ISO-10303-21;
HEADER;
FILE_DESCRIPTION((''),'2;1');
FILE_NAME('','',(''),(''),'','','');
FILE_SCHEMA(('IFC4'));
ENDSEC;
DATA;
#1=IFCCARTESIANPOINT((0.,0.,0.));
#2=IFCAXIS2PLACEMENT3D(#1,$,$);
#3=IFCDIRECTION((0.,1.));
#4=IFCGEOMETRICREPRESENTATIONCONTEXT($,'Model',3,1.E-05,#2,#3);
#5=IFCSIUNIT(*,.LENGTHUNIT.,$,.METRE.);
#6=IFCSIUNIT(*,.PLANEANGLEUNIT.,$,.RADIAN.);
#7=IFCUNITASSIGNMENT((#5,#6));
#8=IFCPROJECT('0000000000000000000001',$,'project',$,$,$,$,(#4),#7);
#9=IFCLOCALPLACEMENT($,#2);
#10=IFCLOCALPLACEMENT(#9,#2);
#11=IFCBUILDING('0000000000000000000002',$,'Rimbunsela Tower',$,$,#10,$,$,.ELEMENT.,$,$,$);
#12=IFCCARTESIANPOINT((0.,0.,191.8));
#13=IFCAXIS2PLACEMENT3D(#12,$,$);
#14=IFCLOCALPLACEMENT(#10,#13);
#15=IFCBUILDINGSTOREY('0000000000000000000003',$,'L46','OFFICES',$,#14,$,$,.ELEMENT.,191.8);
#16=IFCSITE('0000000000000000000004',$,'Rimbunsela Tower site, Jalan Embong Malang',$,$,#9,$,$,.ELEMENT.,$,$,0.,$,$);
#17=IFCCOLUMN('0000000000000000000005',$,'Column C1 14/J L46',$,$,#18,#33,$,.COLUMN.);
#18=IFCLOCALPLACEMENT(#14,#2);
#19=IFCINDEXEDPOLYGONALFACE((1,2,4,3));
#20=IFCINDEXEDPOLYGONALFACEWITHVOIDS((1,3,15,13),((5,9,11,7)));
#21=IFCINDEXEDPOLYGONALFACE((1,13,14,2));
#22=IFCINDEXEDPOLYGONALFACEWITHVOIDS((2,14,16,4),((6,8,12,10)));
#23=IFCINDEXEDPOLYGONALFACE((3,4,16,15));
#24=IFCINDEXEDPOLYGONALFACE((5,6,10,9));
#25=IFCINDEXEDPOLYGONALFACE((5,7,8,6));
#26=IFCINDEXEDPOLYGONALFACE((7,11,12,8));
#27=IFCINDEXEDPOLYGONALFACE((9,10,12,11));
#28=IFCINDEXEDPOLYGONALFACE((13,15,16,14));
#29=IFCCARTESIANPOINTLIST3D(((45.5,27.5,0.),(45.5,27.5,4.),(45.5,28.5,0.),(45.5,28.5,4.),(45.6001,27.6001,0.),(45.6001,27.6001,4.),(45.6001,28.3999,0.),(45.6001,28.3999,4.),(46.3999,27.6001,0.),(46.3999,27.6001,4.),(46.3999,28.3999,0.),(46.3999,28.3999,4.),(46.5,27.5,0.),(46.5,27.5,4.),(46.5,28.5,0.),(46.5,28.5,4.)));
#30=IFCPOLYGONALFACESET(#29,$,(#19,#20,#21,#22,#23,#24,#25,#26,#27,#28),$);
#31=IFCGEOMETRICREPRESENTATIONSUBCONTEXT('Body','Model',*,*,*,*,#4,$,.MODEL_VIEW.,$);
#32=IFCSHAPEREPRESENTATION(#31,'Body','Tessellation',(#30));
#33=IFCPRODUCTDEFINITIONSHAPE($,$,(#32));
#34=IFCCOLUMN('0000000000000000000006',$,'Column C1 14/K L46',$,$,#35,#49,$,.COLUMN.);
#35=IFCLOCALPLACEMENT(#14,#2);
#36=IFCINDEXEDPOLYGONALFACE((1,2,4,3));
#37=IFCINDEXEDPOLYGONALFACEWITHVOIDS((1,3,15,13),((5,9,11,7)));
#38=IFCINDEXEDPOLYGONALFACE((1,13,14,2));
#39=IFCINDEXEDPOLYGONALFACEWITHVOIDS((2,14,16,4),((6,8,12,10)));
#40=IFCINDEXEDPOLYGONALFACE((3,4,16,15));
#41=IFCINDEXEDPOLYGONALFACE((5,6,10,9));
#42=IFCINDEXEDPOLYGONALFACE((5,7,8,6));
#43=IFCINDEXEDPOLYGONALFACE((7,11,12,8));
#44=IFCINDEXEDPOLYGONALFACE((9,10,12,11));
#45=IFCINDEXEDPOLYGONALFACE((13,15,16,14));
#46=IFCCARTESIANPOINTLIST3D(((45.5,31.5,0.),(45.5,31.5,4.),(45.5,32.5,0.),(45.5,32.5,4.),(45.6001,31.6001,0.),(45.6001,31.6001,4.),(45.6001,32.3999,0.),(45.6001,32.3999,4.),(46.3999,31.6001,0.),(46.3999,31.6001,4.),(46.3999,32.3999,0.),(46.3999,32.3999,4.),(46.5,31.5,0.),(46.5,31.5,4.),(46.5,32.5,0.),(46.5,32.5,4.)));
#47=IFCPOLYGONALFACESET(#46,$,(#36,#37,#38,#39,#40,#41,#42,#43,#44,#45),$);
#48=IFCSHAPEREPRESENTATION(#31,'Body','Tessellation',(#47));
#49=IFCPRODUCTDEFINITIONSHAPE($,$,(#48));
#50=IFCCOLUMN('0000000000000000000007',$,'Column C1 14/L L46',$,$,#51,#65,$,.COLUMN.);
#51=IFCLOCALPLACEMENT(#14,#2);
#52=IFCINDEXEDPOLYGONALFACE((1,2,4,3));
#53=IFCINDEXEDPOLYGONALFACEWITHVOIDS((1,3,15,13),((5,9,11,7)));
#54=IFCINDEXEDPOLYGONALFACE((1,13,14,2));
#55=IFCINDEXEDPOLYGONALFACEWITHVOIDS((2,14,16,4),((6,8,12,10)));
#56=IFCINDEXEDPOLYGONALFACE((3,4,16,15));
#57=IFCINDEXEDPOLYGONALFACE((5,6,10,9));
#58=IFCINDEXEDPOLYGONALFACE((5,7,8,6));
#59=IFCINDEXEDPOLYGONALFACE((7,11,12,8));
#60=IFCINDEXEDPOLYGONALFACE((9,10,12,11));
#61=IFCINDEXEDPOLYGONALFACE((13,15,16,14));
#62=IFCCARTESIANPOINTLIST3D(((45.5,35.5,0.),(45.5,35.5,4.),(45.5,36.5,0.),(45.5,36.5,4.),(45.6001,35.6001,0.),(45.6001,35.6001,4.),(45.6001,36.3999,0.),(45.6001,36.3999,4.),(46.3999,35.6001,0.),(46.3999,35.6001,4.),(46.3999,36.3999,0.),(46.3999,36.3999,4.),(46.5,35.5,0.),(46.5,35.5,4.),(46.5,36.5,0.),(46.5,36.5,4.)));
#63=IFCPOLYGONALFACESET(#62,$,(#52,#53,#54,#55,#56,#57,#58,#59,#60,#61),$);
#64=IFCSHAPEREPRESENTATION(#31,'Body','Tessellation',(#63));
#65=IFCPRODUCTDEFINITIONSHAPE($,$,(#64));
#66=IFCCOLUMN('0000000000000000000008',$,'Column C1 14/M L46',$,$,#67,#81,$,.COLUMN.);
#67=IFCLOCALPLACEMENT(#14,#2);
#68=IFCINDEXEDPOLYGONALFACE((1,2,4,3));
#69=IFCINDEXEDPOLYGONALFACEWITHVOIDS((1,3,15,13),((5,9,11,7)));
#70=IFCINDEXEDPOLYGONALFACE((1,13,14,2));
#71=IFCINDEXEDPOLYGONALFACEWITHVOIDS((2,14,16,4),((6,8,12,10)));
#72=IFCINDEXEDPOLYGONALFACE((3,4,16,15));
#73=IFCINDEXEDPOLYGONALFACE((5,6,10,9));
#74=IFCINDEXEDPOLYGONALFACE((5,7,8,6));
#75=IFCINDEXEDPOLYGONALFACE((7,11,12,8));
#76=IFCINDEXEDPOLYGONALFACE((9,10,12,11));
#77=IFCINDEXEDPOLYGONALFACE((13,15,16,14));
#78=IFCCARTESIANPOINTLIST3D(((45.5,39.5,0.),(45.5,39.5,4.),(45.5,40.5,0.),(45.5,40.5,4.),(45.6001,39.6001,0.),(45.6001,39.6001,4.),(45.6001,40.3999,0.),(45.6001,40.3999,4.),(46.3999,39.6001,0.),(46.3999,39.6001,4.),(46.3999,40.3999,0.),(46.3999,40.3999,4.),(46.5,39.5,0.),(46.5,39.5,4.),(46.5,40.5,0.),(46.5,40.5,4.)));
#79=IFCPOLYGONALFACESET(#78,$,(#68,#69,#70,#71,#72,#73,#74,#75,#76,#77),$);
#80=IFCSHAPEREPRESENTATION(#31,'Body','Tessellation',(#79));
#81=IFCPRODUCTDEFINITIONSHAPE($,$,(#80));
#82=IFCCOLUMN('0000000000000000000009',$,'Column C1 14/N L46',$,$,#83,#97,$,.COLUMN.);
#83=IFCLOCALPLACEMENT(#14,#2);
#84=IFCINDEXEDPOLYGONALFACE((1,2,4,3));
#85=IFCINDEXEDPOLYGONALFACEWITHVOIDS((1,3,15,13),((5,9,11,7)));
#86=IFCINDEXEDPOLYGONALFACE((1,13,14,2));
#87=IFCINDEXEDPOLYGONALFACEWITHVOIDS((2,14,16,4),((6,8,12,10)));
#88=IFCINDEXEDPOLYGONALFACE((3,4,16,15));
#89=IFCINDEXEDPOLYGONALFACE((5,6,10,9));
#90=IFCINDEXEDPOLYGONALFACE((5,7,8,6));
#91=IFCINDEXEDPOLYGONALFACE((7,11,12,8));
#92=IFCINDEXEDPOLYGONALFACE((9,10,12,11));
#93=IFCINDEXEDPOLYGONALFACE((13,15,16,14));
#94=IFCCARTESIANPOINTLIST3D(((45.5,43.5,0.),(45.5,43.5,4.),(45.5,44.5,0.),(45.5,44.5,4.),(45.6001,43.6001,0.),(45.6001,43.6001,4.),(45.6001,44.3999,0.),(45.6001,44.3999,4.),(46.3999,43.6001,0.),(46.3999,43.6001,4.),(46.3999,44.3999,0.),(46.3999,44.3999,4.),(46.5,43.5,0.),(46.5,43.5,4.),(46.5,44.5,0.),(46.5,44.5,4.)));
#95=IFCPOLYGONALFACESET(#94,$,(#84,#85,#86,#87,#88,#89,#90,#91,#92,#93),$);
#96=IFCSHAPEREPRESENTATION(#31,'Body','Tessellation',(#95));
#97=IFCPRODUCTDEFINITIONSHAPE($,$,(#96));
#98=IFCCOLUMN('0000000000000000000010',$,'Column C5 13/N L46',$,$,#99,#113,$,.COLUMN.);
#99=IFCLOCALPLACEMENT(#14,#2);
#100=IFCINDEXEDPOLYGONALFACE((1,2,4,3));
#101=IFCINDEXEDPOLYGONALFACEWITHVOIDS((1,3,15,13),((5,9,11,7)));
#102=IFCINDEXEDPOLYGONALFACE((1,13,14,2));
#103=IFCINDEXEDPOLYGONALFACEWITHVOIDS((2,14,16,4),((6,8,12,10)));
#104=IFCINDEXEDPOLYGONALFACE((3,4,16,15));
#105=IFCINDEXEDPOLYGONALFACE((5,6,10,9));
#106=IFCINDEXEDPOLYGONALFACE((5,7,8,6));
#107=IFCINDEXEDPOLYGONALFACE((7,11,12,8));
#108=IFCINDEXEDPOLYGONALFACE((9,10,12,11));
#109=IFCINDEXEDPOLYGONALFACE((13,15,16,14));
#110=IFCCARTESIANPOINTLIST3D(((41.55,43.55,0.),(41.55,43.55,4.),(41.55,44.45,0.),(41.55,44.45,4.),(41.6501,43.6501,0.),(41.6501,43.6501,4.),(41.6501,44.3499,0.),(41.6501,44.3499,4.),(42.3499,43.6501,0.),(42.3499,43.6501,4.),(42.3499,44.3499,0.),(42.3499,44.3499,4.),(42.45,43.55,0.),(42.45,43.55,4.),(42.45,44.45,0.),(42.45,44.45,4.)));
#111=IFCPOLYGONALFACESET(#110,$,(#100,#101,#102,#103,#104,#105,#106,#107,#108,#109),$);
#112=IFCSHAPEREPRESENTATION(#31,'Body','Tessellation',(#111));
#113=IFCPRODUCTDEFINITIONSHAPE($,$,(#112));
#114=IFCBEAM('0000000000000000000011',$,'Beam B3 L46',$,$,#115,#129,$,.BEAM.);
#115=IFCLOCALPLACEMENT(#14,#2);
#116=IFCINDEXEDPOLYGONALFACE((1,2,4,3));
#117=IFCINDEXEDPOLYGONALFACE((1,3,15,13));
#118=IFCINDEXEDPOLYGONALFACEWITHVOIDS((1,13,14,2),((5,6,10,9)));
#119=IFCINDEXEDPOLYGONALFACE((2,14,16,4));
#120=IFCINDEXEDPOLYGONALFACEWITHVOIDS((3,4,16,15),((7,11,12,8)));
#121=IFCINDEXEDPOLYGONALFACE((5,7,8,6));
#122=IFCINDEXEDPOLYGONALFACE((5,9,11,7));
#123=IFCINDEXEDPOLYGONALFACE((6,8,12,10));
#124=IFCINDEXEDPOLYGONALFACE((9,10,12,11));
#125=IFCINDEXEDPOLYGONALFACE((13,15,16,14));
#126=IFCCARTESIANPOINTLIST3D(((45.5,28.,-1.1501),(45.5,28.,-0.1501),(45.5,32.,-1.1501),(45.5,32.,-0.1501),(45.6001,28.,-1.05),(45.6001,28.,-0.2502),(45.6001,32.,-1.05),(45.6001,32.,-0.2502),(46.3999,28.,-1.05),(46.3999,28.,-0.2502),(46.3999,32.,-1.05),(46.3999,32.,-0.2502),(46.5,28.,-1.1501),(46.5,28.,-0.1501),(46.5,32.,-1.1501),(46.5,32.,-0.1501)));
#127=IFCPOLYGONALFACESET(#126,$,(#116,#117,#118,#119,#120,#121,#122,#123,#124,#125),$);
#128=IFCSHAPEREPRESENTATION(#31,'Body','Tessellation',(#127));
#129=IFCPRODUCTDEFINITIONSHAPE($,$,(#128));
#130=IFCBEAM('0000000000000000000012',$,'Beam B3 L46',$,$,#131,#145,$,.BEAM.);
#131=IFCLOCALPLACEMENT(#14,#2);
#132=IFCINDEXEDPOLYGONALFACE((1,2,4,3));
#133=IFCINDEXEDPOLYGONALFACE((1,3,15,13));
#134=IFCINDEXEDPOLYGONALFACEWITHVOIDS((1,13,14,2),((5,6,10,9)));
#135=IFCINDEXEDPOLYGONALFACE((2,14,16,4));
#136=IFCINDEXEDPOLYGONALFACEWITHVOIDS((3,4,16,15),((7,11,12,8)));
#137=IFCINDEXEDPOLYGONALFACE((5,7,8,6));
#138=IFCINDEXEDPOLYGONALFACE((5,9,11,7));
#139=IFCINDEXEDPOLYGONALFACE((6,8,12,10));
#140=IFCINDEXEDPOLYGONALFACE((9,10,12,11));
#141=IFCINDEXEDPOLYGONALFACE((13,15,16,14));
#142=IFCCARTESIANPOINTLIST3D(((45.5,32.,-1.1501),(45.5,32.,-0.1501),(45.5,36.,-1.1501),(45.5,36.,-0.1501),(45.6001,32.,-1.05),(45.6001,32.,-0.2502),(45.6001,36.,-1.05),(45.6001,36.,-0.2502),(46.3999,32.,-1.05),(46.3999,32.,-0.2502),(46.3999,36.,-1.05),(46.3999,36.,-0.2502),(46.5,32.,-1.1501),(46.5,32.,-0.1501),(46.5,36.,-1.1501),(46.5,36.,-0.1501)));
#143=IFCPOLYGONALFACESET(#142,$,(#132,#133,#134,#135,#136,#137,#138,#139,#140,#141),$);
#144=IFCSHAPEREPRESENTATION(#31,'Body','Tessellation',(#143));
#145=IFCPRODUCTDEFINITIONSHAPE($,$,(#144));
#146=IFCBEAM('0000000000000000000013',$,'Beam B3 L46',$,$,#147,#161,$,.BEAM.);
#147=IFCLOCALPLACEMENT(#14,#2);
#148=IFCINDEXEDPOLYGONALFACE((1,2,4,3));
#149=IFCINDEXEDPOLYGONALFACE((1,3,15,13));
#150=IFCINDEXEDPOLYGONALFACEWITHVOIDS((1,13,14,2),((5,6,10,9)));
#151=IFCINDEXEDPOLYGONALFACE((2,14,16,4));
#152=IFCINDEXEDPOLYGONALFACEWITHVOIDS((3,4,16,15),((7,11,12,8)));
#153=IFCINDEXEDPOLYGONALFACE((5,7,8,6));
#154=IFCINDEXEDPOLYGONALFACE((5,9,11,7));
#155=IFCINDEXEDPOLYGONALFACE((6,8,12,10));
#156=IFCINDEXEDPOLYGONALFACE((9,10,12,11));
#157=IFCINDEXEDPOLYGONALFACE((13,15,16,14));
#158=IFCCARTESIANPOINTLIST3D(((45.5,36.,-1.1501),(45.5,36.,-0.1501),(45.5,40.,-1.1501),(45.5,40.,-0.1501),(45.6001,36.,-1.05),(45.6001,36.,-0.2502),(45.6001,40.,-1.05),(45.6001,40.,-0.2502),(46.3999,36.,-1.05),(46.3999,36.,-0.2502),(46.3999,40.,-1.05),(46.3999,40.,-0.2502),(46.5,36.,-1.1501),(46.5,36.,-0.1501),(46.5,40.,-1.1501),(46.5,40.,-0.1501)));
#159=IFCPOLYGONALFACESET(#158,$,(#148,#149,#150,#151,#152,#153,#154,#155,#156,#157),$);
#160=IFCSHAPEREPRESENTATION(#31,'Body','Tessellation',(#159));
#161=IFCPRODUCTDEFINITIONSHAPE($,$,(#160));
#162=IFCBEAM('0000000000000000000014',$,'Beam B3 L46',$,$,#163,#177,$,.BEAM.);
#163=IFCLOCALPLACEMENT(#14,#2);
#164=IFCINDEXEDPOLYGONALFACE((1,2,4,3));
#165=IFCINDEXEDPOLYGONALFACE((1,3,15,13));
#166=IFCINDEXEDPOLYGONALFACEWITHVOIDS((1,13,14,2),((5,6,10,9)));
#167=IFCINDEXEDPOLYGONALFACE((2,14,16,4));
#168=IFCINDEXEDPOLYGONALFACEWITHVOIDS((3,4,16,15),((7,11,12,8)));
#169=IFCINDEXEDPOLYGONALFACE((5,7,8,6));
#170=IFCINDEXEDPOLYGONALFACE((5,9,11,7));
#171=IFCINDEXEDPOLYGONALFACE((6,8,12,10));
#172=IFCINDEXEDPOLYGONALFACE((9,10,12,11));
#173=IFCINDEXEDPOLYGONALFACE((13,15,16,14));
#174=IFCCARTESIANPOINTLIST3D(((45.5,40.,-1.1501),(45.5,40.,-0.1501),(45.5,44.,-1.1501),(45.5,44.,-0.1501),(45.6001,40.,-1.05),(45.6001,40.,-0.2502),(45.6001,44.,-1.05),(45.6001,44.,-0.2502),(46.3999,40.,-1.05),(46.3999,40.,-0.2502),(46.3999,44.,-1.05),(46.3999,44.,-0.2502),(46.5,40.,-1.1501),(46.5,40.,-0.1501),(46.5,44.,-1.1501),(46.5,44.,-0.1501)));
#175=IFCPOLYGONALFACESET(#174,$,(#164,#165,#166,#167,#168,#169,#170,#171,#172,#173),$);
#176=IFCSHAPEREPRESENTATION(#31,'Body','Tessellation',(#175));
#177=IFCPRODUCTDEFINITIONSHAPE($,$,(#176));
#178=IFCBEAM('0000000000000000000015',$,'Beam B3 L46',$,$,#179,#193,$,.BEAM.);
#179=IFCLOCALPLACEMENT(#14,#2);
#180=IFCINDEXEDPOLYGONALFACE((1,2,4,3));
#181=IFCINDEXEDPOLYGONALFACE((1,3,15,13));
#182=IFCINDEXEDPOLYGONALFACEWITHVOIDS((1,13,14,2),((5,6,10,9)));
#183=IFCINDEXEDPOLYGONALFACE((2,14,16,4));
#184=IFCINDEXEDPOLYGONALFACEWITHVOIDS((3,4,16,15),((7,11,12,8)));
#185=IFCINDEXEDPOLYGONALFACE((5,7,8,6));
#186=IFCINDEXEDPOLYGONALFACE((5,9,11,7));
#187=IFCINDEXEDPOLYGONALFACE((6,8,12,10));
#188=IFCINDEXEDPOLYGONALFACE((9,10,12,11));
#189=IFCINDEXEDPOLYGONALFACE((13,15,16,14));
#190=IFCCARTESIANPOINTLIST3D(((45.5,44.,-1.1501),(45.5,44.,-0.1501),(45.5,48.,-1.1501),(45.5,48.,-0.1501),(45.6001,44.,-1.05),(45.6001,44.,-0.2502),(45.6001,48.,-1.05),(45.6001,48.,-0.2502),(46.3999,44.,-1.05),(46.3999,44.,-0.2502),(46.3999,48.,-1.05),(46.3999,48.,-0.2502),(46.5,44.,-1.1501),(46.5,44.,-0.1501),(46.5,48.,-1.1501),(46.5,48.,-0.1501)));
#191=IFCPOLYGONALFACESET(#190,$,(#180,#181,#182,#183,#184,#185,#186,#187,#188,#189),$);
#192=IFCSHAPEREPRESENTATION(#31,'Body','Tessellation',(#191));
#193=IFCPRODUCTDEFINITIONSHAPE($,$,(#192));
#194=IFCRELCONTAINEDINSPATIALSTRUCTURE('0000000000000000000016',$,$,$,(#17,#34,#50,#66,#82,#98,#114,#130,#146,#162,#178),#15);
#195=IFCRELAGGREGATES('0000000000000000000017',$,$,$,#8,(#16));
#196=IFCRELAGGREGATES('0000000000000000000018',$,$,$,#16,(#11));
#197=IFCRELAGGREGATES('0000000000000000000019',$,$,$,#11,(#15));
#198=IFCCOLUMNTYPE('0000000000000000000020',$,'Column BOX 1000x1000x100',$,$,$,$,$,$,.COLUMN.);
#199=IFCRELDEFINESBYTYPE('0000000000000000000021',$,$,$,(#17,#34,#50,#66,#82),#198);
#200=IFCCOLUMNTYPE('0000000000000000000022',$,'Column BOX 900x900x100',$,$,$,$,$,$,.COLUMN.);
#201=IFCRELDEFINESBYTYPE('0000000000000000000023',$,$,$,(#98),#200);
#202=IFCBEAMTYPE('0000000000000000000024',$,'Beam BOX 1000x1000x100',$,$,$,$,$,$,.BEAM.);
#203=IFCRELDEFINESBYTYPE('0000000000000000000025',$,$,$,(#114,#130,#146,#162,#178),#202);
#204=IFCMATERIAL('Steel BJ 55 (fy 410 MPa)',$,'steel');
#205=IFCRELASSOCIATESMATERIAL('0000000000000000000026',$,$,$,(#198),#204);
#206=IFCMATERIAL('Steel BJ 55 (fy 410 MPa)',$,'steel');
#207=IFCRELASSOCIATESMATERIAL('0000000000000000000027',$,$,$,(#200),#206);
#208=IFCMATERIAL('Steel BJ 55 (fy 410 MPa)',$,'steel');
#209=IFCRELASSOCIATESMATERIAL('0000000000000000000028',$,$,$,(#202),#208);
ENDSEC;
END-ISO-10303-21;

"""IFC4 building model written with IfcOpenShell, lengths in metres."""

from ifc_helpers import new_model, si_unit, direction, frame, origin, origin_2d, place, context, subcontext, project, spatial, hollow_rectangle, extrude, material, material_profile, profile_set, type_object, element, save


model = new_model("IFC4")

# Units and contexts
model_context = context("Model", 3, precision=1e-05, world=origin(), true_north=direction((0.0, 1.0)))
body_context = subcontext(model_context, "Body", "Model", "MODEL_VIEW")
ifc_project = project(units=[si_unit("LENGTHUNIT", "METRE"), si_unit("PLANEANGLEUNIT", "RADIAN")], contexts=[model_context])

# Site, building, storey
site_placement = place(None, origin())
site = spatial("IfcSite", under=ifc_project, at=site_placement, Name="Rimbunsela Tower site, Jalan Embong Malang", CompositionType="ELEMENT", RefElevation=0.0)
building_placement = place(site_placement, origin())
building = spatial("IfcBuilding", under=site, at=building_placement, Name="Rimbunsela Tower", CompositionType="ELEMENT")
storey_placement = place(building_placement, frame((0.0, 0.0, 191.8)))
storey = spatial("IfcBuildingStorey", under=building, at=storey_placement, Name="L46", Description="OFFICES", CompositionType="ELEMENT", Elevation=191.8)

# Columns
ifc_material_1 = material(Name="Steel BJ 55 (fy 410 MPa)", Category="steel")
ifc_material_profile_1 = material_profile(ifc_material_1, hollow_rectangle(XDim=1.0, YDim=1.0, WallThickness=0.1001, at=origin_2d()), Name="BOX 1000x1000x100")
ifc_profile_set_1 = profile_set([ifc_material_profile_1], Name="Steel BJ 55 (fy 410 MPa)")
column_type_1 = type_object("IfcColumnType", Name="Column BOX 1000x1000x100", PredefinedType="COLUMN", material=ifc_profile_set_1)
for number, where, z_axis, x_axis, name in (
    (1, (46.0, 28.0, 0.0), (0.0, 0.0, 1.0), (1.0, 0.0, 0.0), "Column C1 14/J L46"),
    (2, (46.0, 32.0, 0.0), (0.0, 0.0, 1.0), (1.0, 0.0, 0.0), "Column C1 14/K L46"),
    (3, (46.0, 36.0, 0.0), (0.0, 0.0, 1.0), (1.0, 0.0, 0.0), "Column C1 14/L L46"),
    (4, (46.0, 40.0, 0.0), (0.0, 0.0, 1.0), (1.0, 0.0, 0.0), "Column C1 14/M L46"),
    (5, (46.0, 44.0, 0.0), (0.0, 0.0, 1.0), (1.0, 0.0, 0.0), "Column C1 14/N L46"),
):
    element("IfcColumn", number, at=place(storey_placement, frame(where, z_axis=z_axis, x_axis=x_axis)), inside=storey, type_object=column_type_1, Name=name, PredefinedType="COLUMN", context=body_context, shape_type="SweptSolid", body=[
        extrude(hollow_rectangle(XDim=1.0, YDim=1.0, WallThickness=0.1001, at=origin_2d()), origin(), (0.0, 0.0, 1.0), 4.0),
    ])
ifc_material_2 = material(Name="Steel BJ 55 (fy 410 MPa)", Category="steel")
ifc_material_profile_2 = material_profile(ifc_material_2, hollow_rectangle(XDim=0.8999, YDim=0.8999, WallThickness=0.1001, at=origin_2d()), Name="BOX 900x900x100")
ifc_profile_set_2 = profile_set([ifc_material_profile_2], Name="Steel BJ 55 (fy 410 MPa)")
column_type_2 = type_object("IfcColumnType", Name="Column BOX 900x900x100", PredefinedType="COLUMN", material=ifc_profile_set_2)
column_placement = place(storey_placement, frame((42.0, 44.0, 0.0), z_axis=(0.0, 0.0, 1.0), x_axis=(1.0, 0.0, 0.0)))
element("IfcColumn", 6, at=column_placement, inside=storey, type_object=column_type_2, Name="Column C5 13/N L46", PredefinedType="COLUMN", context=body_context, shape_type="SweptSolid", body=[
    extrude(hollow_rectangle(XDim=0.8999, YDim=0.8999, WallThickness=0.1001, at=origin_2d()), origin(), (0.0, 0.0, 1.0), 4.0),
])

# Beams
ifc_material_3 = material(Name="Steel BJ 55 (fy 410 MPa)", Category="steel")
ifc_material_profile_3 = material_profile(ifc_material_3, hollow_rectangle(XDim=1.0, YDim=1.0, WallThickness=0.1001, at=origin_2d()), Name="BOX 1000x1000x100")
ifc_profile_set_3 = profile_set([ifc_material_profile_3], Name="Steel BJ 55 (fy 410 MPa)")
beam_type_1 = type_object("IfcBeamType", Name="Beam BOX 1000x1000x100", PredefinedType="BEAM", material=ifc_profile_set_3)
for number, where, z_axis, x_axis, name in (
    (7, (46.0, 28.0, -0.6501), (0.0, 1.0, 0.0), (-1.0, 0.0, 0.0), "Beam B3 L46"),
    (8, (46.0, 32.0, -0.6501), (0.0, 1.0, 0.0), (-1.0, 0.0, 0.0), "Beam B3 L46"),
    (9, (46.0, 36.0, -0.6501), (0.0, 1.0, 0.0), (-1.0, 0.0, 0.0), "Beam B3 L46"),
    (10, (46.0, 40.0, -0.6501), (0.0, 1.0, 0.0), (-1.0, 0.0, 0.0), "Beam B3 L46"),
    (11, (46.0, 44.0, -0.6501), (0.0, 1.0, 0.0), (-1.0, 0.0, 0.0), "Beam B3 L46"),
):
    element("IfcBeam", number, at=place(storey_placement, frame(where, z_axis=z_axis, x_axis=x_axis)), inside=storey, type_object=beam_type_1, Name=name, PredefinedType="BEAM", context=body_context, shape_type="SweptSolid", body=[
        extrude(hollow_rectangle(XDim=1.0, YDim=1.0, WallThickness=0.1001, at=origin_2d()), origin(), (0.0, 0.0, 1.0), 4.0),
    ])

save(model, "model.ifc")
